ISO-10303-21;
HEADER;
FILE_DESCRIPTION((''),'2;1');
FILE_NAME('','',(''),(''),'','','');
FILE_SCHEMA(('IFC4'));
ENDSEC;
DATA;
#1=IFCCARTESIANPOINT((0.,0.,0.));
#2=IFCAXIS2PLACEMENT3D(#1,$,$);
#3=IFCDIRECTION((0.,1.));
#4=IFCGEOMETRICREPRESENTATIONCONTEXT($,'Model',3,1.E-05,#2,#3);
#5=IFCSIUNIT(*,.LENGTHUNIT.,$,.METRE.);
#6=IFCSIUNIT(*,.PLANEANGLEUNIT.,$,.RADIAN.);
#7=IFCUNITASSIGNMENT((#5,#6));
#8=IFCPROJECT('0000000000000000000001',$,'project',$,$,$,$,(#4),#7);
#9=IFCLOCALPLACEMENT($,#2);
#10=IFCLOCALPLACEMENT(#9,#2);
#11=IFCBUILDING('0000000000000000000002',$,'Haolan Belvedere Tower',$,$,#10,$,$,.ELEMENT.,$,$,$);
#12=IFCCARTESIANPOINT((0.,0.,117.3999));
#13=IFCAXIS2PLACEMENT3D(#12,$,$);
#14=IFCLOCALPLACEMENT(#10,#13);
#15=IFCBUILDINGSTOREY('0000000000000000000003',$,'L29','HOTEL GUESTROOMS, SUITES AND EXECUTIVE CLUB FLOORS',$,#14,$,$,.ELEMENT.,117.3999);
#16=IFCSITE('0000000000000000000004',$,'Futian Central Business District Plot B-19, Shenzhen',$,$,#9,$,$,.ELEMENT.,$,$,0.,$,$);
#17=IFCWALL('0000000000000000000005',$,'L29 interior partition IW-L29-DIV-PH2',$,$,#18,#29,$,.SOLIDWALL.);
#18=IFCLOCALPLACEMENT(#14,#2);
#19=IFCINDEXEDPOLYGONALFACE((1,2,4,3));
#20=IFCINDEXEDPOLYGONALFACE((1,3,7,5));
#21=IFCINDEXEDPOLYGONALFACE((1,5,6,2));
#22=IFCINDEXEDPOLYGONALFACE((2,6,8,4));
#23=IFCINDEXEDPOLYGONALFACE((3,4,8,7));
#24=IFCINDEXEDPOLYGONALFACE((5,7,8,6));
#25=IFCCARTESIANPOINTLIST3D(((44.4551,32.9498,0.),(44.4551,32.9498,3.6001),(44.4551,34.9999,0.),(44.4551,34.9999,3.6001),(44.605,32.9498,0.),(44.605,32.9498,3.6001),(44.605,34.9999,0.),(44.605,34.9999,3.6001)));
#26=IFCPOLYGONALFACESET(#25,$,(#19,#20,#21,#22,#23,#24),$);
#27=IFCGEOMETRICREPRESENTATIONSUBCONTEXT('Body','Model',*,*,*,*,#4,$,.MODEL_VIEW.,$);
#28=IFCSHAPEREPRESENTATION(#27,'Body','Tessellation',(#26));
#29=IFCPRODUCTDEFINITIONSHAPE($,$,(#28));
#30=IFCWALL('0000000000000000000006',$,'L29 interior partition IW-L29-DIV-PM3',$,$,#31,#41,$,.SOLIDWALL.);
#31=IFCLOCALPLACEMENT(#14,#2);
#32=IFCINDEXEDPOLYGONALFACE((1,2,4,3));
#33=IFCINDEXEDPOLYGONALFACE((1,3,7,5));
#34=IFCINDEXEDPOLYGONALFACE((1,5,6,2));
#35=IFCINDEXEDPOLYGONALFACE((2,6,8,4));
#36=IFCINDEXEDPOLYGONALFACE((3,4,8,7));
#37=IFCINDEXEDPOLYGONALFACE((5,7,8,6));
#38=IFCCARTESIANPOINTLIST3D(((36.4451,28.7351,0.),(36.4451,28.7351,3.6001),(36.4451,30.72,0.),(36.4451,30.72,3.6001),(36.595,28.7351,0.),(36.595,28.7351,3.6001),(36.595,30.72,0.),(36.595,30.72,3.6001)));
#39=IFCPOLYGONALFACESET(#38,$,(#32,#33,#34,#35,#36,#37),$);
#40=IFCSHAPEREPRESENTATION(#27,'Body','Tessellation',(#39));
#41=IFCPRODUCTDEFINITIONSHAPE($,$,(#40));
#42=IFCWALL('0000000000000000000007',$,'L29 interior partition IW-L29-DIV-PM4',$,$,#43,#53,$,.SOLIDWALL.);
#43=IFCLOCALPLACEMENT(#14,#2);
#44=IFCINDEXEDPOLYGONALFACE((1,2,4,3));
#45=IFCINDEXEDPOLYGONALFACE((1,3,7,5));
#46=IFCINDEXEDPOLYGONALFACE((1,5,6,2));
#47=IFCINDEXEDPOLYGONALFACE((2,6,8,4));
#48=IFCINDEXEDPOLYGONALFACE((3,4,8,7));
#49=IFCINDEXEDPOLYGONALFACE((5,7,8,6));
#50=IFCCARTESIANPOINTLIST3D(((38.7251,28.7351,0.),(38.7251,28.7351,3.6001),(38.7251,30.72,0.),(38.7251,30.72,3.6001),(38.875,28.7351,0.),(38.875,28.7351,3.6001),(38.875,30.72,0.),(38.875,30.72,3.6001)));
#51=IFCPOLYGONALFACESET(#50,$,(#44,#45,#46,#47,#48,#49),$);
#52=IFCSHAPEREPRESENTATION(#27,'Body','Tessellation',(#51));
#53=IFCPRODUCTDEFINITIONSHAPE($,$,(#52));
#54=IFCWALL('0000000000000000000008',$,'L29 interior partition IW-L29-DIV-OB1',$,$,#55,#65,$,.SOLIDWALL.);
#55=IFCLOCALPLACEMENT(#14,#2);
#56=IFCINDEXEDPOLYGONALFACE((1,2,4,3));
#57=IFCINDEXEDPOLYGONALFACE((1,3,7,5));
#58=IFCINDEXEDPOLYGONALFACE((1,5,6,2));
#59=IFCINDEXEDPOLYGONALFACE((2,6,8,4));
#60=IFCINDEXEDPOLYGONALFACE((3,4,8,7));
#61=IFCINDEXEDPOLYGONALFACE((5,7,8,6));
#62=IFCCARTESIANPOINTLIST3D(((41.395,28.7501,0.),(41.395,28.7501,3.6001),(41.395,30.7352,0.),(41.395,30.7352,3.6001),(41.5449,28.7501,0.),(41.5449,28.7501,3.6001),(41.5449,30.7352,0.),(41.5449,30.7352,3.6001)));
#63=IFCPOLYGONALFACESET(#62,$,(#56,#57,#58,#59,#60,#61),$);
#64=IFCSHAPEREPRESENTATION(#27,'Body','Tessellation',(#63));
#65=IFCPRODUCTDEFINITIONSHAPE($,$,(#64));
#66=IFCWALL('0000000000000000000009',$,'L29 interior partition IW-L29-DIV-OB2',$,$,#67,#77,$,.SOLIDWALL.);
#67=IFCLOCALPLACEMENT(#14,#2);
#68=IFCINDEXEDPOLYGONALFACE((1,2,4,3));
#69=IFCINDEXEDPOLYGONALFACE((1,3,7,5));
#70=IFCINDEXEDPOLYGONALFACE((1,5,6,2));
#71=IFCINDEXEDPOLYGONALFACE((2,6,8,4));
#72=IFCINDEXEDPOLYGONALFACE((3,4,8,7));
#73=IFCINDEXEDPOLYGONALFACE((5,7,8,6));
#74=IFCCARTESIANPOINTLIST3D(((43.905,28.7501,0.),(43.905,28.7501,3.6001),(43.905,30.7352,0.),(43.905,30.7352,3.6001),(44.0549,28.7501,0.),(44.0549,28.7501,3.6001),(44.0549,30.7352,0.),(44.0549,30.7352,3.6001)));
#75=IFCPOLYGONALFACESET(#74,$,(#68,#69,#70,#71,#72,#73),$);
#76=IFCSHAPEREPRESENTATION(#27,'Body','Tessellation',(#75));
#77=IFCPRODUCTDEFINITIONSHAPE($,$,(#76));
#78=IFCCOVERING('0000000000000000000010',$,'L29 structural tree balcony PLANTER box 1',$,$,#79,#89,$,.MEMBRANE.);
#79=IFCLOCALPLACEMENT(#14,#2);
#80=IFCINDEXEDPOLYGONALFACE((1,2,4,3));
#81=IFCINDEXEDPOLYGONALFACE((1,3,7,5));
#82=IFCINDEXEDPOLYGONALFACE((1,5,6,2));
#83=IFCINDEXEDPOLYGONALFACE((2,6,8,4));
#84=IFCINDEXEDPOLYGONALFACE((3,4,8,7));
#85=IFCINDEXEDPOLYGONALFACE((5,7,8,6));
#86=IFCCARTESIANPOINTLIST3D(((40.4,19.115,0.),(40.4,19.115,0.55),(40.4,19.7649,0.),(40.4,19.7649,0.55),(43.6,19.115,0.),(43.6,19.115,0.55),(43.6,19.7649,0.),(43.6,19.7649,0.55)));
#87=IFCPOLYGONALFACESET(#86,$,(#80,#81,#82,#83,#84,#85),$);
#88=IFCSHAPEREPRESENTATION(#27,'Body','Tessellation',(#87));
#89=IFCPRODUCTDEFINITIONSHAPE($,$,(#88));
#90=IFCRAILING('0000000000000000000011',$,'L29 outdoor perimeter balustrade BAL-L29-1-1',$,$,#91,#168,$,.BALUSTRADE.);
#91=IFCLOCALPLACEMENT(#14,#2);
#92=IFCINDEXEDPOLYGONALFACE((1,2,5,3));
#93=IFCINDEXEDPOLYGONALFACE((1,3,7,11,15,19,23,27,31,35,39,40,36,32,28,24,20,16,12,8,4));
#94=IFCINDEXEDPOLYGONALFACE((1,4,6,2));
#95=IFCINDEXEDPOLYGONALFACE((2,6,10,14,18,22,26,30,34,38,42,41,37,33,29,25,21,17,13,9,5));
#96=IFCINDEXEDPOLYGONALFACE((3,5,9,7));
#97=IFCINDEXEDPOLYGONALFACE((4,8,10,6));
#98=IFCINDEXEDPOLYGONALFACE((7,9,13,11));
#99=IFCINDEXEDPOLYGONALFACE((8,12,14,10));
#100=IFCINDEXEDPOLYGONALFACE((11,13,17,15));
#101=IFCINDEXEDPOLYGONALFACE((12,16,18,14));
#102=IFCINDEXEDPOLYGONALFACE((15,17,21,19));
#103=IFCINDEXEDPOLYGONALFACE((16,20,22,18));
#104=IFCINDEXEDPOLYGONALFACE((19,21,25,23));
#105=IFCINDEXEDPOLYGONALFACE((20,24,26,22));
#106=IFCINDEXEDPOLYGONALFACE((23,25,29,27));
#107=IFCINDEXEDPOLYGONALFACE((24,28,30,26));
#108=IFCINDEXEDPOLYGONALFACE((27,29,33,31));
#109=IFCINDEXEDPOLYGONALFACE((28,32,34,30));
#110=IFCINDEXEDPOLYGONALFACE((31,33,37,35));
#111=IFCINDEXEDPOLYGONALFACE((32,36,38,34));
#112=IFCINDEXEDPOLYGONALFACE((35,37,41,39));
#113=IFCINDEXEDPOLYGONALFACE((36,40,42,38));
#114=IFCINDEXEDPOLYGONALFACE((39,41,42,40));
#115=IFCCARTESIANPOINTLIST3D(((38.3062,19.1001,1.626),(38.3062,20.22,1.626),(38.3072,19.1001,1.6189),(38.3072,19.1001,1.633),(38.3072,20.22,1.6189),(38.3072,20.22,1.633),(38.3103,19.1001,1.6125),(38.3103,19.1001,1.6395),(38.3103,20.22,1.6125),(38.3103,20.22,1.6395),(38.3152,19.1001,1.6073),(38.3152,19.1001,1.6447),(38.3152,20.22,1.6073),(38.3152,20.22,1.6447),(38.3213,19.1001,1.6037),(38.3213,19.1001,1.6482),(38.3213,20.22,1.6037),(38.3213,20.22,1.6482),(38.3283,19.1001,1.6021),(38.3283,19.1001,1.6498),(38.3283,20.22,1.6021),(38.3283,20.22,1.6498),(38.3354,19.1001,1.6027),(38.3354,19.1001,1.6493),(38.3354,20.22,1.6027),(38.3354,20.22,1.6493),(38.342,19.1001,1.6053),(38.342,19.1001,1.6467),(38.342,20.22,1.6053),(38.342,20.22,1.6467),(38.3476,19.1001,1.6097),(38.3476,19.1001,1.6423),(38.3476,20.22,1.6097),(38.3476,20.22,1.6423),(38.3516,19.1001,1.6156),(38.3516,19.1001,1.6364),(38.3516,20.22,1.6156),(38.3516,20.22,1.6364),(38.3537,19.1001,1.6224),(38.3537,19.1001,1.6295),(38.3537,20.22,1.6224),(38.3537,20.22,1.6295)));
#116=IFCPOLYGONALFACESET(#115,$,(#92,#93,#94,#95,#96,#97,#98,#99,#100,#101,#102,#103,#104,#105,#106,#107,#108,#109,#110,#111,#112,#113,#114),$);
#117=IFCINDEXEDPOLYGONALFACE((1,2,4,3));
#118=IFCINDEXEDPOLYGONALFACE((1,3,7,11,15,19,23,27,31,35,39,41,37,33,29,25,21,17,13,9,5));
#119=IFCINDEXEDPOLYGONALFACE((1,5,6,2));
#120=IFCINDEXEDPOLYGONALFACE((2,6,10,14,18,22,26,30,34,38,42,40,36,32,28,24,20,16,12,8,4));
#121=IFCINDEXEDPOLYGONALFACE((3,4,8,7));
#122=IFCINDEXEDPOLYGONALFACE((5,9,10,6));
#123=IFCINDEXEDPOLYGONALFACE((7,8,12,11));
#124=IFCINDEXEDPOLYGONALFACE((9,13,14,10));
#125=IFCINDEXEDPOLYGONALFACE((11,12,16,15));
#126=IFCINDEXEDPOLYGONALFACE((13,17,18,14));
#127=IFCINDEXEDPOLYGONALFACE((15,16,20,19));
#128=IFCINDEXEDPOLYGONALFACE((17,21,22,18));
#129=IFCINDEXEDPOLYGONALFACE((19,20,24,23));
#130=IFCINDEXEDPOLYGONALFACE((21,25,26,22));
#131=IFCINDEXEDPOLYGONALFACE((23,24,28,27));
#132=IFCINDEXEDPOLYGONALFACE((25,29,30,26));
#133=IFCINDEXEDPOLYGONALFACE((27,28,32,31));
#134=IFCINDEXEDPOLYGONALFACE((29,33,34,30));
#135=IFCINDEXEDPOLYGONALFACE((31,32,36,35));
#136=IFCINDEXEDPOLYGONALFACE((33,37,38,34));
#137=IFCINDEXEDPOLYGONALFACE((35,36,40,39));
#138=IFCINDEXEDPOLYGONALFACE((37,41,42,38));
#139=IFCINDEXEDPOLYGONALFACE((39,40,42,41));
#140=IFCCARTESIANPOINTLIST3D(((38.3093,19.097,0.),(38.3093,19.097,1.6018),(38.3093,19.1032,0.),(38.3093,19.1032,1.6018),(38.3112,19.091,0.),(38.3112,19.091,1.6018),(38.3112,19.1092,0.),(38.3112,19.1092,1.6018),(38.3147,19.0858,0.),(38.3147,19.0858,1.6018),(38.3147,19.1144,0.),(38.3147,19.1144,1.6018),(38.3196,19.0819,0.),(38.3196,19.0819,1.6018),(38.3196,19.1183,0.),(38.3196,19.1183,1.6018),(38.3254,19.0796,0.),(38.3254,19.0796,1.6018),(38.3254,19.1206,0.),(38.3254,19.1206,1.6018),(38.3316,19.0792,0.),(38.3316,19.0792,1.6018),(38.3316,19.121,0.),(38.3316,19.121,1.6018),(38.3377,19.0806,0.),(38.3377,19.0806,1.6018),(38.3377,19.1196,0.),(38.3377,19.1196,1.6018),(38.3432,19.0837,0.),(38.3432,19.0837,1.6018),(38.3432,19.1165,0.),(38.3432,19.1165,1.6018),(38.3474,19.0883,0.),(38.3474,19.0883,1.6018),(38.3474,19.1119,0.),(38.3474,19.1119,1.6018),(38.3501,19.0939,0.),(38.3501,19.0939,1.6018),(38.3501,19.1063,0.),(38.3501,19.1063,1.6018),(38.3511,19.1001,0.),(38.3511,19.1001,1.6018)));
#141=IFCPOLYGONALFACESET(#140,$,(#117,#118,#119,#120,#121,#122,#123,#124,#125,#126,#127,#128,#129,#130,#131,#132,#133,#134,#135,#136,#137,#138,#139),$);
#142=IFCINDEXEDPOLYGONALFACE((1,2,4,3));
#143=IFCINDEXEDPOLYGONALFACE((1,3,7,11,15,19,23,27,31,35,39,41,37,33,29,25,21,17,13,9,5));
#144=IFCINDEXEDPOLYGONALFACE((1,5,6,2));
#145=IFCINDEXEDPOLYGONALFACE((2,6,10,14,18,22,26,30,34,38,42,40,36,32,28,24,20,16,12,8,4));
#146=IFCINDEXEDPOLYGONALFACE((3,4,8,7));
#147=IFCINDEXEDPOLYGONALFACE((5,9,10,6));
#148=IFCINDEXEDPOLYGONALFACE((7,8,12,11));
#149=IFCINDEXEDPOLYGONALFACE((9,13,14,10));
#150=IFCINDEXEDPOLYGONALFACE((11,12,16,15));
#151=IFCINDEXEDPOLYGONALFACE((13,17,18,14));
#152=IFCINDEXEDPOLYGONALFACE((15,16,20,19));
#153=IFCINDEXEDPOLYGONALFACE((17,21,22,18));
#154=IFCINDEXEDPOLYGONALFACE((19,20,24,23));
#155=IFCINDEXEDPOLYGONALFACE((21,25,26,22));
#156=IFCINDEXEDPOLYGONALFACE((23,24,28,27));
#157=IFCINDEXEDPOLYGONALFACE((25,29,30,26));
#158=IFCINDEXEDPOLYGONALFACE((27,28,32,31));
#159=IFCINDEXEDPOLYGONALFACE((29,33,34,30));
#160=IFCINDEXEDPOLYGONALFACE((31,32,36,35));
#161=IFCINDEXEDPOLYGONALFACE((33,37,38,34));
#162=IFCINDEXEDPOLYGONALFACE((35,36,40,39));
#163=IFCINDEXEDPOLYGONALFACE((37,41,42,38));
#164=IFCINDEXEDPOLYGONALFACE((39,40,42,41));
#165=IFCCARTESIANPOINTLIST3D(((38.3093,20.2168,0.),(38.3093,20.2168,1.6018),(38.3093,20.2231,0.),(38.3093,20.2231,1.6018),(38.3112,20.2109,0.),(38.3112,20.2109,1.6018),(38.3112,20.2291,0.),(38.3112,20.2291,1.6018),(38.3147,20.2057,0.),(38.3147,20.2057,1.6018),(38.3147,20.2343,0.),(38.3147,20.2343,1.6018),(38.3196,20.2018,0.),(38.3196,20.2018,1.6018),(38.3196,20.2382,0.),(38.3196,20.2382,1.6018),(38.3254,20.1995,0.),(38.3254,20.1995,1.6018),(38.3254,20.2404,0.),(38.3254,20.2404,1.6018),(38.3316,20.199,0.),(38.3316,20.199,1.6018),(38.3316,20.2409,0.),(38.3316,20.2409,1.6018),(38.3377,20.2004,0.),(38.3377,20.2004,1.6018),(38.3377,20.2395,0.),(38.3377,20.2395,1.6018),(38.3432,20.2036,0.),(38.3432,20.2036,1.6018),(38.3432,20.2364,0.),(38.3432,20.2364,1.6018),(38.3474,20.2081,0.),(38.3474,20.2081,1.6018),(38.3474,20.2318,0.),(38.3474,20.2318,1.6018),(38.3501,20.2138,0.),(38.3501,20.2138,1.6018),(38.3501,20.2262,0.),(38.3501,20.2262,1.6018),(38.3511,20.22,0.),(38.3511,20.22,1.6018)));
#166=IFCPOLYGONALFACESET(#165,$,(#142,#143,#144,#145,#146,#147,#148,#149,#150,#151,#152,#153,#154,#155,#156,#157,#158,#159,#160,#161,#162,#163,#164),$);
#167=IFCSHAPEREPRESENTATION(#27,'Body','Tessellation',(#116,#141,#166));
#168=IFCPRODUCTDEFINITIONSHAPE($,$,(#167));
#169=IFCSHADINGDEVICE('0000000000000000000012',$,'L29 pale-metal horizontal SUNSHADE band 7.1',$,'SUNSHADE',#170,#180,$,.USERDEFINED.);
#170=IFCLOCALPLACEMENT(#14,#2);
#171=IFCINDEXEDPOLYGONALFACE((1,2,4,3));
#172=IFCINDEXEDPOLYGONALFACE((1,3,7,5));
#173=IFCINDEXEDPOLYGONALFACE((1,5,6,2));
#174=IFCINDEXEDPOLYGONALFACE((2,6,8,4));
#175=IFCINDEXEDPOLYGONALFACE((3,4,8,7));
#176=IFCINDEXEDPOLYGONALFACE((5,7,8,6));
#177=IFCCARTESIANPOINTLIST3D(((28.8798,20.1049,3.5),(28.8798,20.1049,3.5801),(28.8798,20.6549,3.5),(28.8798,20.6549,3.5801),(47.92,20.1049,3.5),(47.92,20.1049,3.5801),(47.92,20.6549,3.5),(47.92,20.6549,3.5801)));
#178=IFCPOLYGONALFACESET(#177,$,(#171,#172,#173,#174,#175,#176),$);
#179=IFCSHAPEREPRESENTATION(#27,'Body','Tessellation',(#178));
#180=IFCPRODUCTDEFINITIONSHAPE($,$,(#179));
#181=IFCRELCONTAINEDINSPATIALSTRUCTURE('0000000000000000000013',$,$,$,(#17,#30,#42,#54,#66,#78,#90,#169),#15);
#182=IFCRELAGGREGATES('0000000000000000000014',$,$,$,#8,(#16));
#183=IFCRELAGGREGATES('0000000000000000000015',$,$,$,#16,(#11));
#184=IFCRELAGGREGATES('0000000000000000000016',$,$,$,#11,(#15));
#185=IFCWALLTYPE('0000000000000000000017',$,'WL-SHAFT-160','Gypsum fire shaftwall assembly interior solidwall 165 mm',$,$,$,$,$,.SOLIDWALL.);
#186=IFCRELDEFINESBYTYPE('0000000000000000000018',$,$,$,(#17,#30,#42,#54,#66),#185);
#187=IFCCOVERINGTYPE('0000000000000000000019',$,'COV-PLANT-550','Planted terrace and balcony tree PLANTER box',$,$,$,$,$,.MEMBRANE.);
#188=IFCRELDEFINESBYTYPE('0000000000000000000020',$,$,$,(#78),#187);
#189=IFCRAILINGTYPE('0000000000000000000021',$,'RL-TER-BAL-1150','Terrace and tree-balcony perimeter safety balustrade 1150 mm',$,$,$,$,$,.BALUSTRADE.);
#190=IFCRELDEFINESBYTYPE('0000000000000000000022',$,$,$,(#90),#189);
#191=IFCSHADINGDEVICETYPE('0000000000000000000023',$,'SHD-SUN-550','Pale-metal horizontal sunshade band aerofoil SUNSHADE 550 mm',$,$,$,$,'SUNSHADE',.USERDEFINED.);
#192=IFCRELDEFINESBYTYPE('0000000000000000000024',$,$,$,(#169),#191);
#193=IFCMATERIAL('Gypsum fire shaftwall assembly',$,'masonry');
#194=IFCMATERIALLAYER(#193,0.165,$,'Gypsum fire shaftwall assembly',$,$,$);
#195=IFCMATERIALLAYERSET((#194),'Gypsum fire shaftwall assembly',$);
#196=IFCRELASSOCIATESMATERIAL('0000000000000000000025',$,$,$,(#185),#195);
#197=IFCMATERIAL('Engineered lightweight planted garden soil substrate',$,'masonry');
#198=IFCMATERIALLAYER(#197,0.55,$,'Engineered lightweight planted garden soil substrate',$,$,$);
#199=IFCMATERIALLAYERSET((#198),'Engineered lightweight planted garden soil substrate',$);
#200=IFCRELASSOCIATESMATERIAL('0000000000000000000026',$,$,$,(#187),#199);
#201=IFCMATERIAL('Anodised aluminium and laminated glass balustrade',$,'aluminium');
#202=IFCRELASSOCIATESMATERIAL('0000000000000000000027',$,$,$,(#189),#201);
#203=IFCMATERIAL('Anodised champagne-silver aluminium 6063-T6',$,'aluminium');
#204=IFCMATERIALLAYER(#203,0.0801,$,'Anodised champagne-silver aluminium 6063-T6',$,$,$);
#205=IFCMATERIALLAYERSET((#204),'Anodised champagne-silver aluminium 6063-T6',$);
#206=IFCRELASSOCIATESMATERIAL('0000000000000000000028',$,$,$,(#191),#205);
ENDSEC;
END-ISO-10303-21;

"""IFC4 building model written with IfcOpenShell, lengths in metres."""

from ifc_helpers import new_model, si_unit, direction, frame, frame_2d, origin, origin_2d, place, context, subcontext, project, spatial, rectangle, circle, extrude, material, layer, layer_set, type_object, element, save


model = new_model("IFC4")

# Units and contexts
model_context = context("Model", 3, precision=1e-05, world=origin(), true_north=direction((0.0, 1.0)))
body_context = subcontext(model_context, "Body", "Model", "MODEL_VIEW")
ifc_project = project(units=[si_unit("LENGTHUNIT", "METRE"), si_unit("PLANEANGLEUNIT", "RADIAN")], contexts=[model_context])

# Site, building, storey
site_placement = place(None, origin())
site = spatial("IfcSite", under=ifc_project, at=site_placement, Name="Futian Central Business District Plot B-19, Shenzhen", CompositionType="ELEMENT", RefElevation=0.0)
building_placement = place(site_placement, origin())
building = spatial("IfcBuilding", under=site, at=building_placement, Name="Haolan Belvedere Tower", CompositionType="ELEMENT")
storey_placement = place(building_placement, frame((0.0, 0.0, 117.3999)))
storey = spatial("IfcBuildingStorey", under=building, at=storey_placement, Name="L29", Description="HOTEL GUESTROOMS, SUITES AND EXECUTIVE CLUB FLOORS", CompositionType="ELEMENT", Elevation=117.3999)

# Walls
ifc_material_1 = material(Name="Gypsum fire shaftwall assembly", Category="masonry")
ifc_layer_1 = layer(ifc_material_1, 0.165, Name="Gypsum fire shaftwall assembly")
ifc_layer_set_1 = layer_set([ifc_layer_1], Name="Gypsum fire shaftwall assembly")
wall_type_1 = type_object("IfcWallType", Name="WL-SHAFT-160", Description="Gypsum fire shaftwall assembly interior solidwall 165 mm", PredefinedType="SOLIDWALL", material=ifc_layer_set_1)
for number, where, z_axis, x_axis, name in (
    (1, (44.53, 32.95, 0.0), (0.0, 0.0, 1.0), (0.0, 1.0, 0.0), "L29 interior partition IW-L29-DIV-PH2"),
):
    element("IfcWall", number, at=place(storey_placement, frame(where, z_axis=z_axis, x_axis=x_axis)), inside=storey, type_object=wall_type_1, Name=name, PredefinedType="SOLIDWALL", context=body_context, shape_type="SweptSolid", body=[
        extrude(rectangle(XDim=2.05, YDim=0.1499, at=frame_2d((1.0249, 0.0))), origin(), (0.0, 0.0, 1.0), 3.6001),
    ])
for number, where, z_axis, x_axis, name in (
    (2, (36.52, 28.7351, 0.0), (0.0, 0.0, 1.0), (0.0, 1.0, 0.0), "L29 interior partition IW-L29-DIV-PM3"),
    (3, (38.8, 28.7351, 0.0), (0.0, 0.0, 1.0), (0.0, 1.0, 0.0), "L29 interior partition IW-L29-DIV-PM4"),
):
    element("IfcWall", number, at=place(storey_placement, frame(where, z_axis=z_axis, x_axis=x_axis)), inside=storey, type_object=wall_type_1, Name=name, PredefinedType="SOLIDWALL", context=body_context, shape_type="SweptSolid", body=[
        extrude(rectangle(XDim=1.9849, YDim=0.1499, at=frame_2d((0.9924, 0.0))), origin(), (0.0, 0.0, 1.0), 3.6001),
    ])
for number, where, z_axis, x_axis, name in (
    (4, (41.47, 28.75, 0.0), (0.0, 0.0, 1.0), (0.0, 1.0, 0.0), "L29 interior partition IW-L29-DIV-OB1"),
    (5, (43.98, 28.75, 0.0), (0.0, 0.0, 1.0), (0.0, 1.0, 0.0), "L29 interior partition IW-L29-DIV-OB2"),
):
    element("IfcWall", number, at=place(storey_placement, frame(where, z_axis=z_axis, x_axis=x_axis)), inside=storey, type_object=wall_type_1, Name=name, PredefinedType="SOLIDWALL", context=body_context, shape_type="SweptSolid", body=[
        extrude(rectangle(XDim=1.9851, YDim=0.1499, at=frame_2d((0.9927, 0.0))), origin(), (0.0, 0.0, 1.0), 3.6001),
    ])

# Covering
ifc_material_2 = material(Name="Engineered lightweight planted garden soil substrate", Category="masonry")
ifc_layer_2 = layer(ifc_material_2, 0.55, Name="Engineered lightweight planted garden soil substrate")
ifc_layer_set_2 = layer_set([ifc_layer_2], Name="Engineered lightweight planted garden soil substrate")
covering_type = type_object("IfcCoveringType", Name="COV-PLANT-550", Description="Planted terrace and balcony tree PLANTER box", PredefinedType="MEMBRANE", material=ifc_layer_set_2)
covering_placement = place(storey_placement, frame((42.0, 19.4399, 0.0), z_axis=(0.0, 0.0, 1.0), x_axis=(1.0, 0.0, 0.0)))
element("IfcCovering", 6, at=covering_placement, inside=storey, type_object=covering_type, Name="L29 structural tree balcony PLANTER box 1", PredefinedType="MEMBRANE", context=body_context, shape_type="SweptSolid", body=[
    extrude(rectangle(XDim=3.2, YDim=0.6499, at=origin_2d()), origin(), (0.0, 0.0, 1.0), 0.55),
])

# Railing
ifc_material_3 = material(Name="Anodised aluminium and laminated glass balustrade", Category="aluminium")
railing_type = type_object("IfcRailingType", Name="RL-TER-BAL-1150", Description="Terrace and tree-balcony perimeter safety balustrade 1150 mm", PredefinedType="BALUSTRADE", material=ifc_material_3)
railing_placement = place(storey_placement, frame((38.3301, 19.1001, 0.0)))
element("IfcRailing", 7, at=railing_placement, inside=storey, type_object=railing_type, Name="L29 outdoor perimeter balustrade BAL-L29-1-1", PredefinedType="BALUSTRADE", context=body_context, shape_type="SweptSolid", body=[
    extrude(circle(Radius=0.0239, at=origin_2d()), frame((0.0, 0.0, 1.626), z_axis=(0.0, 1.0, 0.0), x_axis=(-1.0, 0.0, 0.0)), (0.0, 0.0, 1.0), 1.1199),
    extrude(circle(Radius=0.021, at=origin_2d()), origin(), (0.0, 0.0, 1.0), 1.6018),
    extrude(circle(Radius=0.021, at=origin_2d()), frame((0.0, 1.1199, 0.0)), (0.0, 0.0, 1.0), 1.6018),
])

# Shading device
ifc_material_4 = material(Name="Anodised champagne-silver aluminium 6063-T6", Category="aluminium")
ifc_layer_3 = layer(ifc_material_4, 0.0801, Name="Anodised champagne-silver aluminium 6063-T6")
ifc_layer_set_3 = layer_set([ifc_layer_3], Name="Anodised champagne-silver aluminium 6063-T6")
shading_device_type = type_object("IfcShadingDeviceType", Name="SHD-SUN-550", Description="Pale-metal horizontal sunshade band aerofoil SUNSHADE 550 mm", ElementType="SUNSHADE", PredefinedType="USERDEFINED", material=ifc_layer_set_3)
shading_device_placement = place(storey_placement, frame((38.3999, 20.3799, 3.5), z_axis=(0.0, 0.0, 1.0), x_axis=(1.0, 0.0, 0.0)))
element("IfcShadingDevice", 8, at=shading_device_placement, inside=storey, type_object=shading_device_type, Name="L29 pale-metal horizontal SUNSHADE band 7.1", ObjectType="SUNSHADE", PredefinedType="USERDEFINED", context=body_context, shape_type="SweptSolid", body=[
    extrude(rectangle(XDim=19.0403, YDim=0.55, at=origin_2d()), origin(), (0.0, 0.0, 1.0), 0.0801),
])

save(model, "model.ifc")
